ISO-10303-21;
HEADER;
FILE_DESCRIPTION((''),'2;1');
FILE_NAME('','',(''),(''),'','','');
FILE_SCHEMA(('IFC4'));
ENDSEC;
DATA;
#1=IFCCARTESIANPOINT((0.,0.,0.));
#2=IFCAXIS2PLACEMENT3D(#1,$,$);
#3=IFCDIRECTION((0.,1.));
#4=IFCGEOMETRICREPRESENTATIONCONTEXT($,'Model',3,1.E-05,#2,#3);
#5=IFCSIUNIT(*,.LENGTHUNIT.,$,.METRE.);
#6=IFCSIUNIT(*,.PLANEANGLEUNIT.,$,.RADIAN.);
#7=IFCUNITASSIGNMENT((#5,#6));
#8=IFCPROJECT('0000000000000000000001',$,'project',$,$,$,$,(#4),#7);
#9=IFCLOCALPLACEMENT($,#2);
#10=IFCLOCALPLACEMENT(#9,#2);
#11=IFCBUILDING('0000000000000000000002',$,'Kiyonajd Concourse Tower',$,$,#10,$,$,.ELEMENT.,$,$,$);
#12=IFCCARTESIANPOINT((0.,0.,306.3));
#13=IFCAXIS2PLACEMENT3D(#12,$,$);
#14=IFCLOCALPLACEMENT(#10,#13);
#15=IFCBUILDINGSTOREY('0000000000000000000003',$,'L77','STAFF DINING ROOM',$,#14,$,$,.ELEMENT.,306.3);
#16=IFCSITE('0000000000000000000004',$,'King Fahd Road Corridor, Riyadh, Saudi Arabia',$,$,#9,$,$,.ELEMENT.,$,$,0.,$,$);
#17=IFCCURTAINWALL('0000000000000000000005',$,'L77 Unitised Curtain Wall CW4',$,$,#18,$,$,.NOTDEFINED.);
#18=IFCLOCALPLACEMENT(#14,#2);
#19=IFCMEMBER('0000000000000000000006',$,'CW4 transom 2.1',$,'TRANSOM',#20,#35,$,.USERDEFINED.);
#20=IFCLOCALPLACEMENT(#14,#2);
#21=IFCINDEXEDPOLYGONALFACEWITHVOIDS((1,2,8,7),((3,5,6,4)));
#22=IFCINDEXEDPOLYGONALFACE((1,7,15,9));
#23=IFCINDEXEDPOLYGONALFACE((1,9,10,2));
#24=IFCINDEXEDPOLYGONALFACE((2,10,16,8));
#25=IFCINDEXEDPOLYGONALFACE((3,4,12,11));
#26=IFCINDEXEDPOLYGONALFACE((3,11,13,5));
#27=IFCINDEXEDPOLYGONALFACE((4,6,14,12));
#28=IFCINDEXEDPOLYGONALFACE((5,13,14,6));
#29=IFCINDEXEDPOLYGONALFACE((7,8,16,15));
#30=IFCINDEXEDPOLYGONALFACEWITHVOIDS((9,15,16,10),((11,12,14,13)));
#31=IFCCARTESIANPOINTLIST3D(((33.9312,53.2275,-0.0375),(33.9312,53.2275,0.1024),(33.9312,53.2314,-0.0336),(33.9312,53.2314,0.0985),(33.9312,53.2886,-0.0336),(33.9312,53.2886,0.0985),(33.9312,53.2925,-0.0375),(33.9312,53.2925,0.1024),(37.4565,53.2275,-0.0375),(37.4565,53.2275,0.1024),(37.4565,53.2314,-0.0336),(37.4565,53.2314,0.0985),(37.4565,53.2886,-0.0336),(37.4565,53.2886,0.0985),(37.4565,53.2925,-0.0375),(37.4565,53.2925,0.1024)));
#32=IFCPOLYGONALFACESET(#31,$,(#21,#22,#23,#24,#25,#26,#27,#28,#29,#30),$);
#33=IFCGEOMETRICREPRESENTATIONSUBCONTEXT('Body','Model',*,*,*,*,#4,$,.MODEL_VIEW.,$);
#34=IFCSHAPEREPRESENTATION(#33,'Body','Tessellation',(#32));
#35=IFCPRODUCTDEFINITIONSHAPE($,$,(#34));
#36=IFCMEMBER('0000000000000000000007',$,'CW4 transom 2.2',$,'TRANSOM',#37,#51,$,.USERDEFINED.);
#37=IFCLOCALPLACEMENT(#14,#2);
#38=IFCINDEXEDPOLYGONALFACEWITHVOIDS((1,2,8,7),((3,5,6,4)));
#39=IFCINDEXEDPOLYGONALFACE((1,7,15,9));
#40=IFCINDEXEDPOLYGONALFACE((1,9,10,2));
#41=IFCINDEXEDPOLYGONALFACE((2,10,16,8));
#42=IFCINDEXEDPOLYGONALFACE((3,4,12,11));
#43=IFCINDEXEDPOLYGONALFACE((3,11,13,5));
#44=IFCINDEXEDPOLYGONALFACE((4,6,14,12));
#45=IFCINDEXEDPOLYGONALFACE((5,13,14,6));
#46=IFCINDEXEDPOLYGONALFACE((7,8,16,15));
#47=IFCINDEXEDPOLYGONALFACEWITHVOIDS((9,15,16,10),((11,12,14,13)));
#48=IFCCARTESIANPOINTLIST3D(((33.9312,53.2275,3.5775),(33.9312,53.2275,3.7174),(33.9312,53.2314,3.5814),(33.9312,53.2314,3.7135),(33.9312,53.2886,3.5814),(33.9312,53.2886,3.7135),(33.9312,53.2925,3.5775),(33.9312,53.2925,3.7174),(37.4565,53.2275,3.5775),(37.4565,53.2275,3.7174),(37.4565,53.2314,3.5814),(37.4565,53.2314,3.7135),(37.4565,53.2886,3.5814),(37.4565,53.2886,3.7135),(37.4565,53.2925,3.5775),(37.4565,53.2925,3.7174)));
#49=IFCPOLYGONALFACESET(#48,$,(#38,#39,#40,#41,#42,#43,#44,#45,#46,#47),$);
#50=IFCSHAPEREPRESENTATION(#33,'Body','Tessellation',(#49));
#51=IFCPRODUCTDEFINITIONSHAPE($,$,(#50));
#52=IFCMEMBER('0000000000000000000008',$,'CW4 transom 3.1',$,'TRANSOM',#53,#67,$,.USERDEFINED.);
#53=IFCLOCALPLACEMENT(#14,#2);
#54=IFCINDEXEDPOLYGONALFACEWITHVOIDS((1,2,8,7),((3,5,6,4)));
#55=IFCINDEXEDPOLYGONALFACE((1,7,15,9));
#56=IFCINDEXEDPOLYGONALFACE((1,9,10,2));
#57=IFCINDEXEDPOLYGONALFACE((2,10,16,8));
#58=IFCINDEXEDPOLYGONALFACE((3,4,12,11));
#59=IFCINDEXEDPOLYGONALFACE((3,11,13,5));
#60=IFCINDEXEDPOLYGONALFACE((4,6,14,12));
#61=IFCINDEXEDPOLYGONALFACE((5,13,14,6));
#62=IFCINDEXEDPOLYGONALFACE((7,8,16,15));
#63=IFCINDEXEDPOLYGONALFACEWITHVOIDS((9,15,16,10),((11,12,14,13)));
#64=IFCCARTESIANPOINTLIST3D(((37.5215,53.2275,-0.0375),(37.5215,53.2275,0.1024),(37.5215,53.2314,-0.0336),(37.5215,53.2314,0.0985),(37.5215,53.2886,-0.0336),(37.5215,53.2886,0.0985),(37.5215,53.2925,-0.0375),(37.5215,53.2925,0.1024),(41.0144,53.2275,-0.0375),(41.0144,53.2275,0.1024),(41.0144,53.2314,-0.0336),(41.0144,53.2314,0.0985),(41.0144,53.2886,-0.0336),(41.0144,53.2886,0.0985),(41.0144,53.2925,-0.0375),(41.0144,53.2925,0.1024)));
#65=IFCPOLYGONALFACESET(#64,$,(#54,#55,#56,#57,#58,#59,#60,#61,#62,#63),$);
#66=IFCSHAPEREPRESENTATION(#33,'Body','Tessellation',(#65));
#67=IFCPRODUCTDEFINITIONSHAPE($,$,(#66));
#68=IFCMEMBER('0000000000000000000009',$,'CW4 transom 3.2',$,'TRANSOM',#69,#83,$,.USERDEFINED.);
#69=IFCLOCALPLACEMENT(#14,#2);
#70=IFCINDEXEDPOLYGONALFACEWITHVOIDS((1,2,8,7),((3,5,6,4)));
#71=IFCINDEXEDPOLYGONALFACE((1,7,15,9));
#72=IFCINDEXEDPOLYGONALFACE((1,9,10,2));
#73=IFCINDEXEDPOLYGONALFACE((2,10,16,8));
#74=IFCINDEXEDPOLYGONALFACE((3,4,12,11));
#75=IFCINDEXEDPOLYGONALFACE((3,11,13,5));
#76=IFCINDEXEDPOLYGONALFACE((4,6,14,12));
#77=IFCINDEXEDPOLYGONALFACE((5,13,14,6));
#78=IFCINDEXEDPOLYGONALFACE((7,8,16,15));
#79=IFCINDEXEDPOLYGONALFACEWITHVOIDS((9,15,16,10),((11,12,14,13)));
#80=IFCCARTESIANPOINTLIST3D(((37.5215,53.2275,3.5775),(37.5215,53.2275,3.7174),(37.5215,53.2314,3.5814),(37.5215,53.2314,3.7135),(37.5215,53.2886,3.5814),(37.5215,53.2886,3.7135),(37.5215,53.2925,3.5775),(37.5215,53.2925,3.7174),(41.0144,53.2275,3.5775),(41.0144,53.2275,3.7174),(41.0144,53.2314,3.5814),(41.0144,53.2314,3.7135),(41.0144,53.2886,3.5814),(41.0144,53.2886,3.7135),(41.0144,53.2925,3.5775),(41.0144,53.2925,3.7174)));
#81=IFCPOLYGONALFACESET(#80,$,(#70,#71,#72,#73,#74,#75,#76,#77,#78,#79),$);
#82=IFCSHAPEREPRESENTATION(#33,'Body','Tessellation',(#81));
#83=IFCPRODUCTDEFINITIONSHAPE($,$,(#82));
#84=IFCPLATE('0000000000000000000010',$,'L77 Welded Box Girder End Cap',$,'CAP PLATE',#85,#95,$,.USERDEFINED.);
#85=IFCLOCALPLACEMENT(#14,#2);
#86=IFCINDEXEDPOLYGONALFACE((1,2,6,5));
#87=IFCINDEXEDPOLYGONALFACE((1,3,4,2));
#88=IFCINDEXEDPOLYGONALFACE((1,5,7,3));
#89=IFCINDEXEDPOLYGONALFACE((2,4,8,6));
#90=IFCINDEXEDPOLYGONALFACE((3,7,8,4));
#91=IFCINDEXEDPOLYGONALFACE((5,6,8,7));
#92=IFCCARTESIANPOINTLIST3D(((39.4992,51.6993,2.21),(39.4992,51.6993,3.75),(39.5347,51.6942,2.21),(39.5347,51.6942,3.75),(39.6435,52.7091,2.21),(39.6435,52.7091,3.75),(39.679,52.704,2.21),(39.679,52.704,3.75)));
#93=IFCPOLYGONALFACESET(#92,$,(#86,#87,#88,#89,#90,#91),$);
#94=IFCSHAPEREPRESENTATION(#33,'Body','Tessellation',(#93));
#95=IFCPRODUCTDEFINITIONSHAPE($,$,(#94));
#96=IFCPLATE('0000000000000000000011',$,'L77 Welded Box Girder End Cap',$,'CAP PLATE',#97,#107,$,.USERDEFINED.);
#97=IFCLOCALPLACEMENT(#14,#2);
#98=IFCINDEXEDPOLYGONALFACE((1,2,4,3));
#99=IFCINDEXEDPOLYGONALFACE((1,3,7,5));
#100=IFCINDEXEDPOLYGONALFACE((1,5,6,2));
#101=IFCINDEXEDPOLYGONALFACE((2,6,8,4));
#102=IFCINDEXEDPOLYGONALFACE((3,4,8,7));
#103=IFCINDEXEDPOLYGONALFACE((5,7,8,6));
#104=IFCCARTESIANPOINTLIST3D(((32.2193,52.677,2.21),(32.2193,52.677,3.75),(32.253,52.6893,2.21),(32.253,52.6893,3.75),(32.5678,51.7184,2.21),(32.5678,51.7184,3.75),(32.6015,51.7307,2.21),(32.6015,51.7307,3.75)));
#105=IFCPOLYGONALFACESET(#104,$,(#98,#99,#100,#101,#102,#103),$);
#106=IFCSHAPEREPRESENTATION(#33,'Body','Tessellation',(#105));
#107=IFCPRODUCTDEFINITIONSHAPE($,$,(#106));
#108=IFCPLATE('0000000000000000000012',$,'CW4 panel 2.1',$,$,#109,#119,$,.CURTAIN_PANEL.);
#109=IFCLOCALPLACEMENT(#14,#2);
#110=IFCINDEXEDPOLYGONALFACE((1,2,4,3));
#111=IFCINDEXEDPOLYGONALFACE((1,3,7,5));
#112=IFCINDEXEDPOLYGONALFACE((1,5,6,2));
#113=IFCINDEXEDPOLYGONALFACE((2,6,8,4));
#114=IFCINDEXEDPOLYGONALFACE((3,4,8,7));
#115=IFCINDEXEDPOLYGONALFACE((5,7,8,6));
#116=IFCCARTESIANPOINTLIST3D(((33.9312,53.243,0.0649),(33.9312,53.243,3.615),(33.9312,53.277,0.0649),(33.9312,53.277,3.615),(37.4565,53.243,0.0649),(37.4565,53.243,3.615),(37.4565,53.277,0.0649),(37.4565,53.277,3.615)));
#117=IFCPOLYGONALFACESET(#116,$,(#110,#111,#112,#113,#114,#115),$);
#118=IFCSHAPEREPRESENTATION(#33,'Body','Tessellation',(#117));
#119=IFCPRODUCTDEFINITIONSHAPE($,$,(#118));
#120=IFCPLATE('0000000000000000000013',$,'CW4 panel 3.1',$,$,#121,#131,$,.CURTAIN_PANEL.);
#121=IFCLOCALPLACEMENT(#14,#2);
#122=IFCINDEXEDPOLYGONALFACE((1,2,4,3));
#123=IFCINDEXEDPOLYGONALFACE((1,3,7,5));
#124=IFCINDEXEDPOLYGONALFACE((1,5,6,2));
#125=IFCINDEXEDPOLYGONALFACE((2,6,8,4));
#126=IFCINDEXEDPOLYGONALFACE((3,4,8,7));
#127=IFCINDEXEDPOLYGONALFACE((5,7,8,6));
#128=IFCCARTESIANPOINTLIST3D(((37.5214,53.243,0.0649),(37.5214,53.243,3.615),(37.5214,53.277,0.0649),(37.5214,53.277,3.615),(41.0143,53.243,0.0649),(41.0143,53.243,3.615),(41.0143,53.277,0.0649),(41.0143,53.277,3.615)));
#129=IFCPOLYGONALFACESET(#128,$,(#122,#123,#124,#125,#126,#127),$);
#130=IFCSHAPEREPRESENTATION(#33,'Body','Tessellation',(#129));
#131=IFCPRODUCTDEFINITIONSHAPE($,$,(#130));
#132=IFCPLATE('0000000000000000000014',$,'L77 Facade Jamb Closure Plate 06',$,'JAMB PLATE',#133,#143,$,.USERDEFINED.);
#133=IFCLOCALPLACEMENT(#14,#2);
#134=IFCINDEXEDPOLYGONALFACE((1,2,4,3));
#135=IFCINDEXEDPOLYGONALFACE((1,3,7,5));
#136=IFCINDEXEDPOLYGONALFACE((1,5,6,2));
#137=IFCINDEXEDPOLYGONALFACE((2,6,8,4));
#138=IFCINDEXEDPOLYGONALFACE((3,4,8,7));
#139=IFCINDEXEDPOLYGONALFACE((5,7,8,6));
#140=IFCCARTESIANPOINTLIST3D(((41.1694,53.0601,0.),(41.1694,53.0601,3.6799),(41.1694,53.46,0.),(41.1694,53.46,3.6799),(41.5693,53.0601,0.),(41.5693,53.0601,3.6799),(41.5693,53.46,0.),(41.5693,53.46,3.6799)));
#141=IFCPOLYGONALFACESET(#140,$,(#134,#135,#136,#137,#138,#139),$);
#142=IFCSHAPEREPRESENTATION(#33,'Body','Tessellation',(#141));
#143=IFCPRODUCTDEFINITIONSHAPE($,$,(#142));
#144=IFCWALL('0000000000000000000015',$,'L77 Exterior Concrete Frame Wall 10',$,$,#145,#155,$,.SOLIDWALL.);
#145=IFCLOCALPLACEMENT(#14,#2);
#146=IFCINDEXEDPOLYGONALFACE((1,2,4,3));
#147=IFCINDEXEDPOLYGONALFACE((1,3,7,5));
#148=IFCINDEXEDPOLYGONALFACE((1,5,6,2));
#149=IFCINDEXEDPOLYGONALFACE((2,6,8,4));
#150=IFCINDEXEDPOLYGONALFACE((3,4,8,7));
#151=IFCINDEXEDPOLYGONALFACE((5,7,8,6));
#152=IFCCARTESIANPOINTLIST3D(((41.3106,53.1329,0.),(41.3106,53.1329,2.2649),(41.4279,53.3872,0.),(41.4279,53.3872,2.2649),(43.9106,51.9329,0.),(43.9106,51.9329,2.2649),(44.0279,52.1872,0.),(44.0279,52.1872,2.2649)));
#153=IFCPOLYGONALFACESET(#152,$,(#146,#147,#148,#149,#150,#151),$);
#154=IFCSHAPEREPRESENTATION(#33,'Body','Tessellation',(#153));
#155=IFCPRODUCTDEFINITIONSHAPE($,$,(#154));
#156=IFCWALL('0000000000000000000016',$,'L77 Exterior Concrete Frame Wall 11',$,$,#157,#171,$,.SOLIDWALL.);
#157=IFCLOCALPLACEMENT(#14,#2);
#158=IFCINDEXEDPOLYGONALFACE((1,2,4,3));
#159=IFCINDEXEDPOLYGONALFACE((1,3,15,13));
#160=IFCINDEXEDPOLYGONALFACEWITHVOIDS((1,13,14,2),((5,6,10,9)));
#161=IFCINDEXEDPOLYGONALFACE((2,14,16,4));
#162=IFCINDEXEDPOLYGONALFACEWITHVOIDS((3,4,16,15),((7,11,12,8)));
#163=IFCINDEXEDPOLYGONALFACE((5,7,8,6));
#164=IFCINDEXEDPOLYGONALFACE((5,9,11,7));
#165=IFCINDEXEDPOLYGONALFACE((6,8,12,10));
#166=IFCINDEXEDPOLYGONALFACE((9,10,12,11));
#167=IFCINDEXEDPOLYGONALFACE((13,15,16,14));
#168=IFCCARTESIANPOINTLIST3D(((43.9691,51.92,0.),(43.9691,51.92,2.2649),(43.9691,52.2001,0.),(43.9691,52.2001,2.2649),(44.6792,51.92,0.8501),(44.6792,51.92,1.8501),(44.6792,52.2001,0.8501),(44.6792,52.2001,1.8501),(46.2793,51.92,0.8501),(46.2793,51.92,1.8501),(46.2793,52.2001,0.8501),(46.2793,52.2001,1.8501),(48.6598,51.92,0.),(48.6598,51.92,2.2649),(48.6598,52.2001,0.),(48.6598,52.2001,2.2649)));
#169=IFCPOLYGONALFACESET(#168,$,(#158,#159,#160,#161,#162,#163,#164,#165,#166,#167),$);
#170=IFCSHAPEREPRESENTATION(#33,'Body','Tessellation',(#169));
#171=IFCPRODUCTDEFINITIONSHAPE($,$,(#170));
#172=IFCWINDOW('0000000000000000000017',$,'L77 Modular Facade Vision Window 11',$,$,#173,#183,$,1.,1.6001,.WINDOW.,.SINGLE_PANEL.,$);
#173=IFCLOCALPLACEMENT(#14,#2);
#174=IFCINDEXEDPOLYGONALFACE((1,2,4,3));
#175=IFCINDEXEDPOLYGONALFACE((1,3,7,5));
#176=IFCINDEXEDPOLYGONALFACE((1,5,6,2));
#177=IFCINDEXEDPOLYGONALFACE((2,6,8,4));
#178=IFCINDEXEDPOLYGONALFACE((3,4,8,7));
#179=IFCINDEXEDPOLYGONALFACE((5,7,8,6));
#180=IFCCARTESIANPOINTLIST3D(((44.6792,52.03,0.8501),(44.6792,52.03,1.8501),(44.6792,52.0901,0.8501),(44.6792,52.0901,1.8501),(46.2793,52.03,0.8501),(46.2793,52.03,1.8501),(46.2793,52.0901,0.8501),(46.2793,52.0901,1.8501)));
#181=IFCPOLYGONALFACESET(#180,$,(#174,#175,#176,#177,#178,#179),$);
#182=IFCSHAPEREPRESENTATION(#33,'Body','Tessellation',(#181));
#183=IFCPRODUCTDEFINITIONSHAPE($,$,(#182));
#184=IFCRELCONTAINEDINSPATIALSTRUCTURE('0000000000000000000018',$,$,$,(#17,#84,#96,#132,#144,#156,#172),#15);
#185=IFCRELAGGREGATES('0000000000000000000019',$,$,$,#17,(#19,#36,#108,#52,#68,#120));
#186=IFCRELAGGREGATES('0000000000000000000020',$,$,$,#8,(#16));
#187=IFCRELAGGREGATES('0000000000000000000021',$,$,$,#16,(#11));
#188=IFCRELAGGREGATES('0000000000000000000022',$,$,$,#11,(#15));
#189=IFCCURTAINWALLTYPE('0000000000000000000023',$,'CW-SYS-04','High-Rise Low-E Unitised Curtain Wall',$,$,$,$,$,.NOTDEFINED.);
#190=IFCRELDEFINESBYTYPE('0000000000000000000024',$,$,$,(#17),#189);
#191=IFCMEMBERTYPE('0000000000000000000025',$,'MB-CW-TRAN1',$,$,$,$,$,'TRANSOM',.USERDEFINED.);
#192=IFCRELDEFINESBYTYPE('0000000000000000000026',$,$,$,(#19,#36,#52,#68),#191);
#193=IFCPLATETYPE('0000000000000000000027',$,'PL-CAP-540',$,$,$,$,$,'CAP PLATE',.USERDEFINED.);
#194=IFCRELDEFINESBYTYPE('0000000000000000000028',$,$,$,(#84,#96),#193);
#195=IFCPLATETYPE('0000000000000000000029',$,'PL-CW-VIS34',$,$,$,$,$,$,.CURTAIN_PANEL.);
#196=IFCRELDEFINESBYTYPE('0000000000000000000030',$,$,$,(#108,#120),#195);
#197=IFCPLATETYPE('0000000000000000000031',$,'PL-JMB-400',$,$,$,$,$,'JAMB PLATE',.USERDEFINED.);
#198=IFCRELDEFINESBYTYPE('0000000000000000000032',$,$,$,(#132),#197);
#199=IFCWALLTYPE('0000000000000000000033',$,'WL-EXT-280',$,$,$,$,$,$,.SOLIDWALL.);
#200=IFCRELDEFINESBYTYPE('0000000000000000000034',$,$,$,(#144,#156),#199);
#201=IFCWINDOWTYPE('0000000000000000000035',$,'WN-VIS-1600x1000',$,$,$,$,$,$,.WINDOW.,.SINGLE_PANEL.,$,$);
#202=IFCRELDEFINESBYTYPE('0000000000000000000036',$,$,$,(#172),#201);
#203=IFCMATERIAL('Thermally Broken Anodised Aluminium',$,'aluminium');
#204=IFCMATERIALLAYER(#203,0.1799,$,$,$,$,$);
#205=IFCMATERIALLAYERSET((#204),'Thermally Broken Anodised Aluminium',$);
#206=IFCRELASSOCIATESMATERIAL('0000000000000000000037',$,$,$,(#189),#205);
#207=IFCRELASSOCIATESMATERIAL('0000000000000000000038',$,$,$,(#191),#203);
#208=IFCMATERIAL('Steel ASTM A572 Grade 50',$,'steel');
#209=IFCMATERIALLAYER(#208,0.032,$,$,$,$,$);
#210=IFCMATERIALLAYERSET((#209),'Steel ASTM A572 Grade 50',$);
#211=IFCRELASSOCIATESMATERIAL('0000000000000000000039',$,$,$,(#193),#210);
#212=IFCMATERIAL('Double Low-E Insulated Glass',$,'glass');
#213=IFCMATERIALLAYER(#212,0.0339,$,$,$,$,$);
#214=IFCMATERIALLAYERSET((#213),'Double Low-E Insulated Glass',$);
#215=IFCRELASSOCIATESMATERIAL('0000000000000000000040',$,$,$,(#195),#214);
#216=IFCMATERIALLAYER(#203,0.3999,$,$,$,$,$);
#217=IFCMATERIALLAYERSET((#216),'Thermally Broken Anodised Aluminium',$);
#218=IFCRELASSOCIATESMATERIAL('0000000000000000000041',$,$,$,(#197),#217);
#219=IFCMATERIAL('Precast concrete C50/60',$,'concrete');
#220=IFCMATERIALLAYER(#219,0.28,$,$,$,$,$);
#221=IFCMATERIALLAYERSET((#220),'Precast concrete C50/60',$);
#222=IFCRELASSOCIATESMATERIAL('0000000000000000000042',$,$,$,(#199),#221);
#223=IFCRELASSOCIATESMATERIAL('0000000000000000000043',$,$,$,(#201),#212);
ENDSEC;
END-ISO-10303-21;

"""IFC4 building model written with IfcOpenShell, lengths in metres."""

from ifc_helpers import new_model, si_unit, direction, frame, frame_2d, origin, origin_2d, place, context, subcontext, project, spatial, rectangle, hollow_rectangle, extrude, material, layer, layer_set, material_profile, profile_set, type_object, element, fill, aggregate, save


model = new_model("IFC4")

# Units and contexts
model_context = context("Model", 3, precision=1e-05, world=origin(), true_north=direction((0.0, 1.0)))
body_context = subcontext(model_context, "Body", "Model", "MODEL_VIEW")
ifc_project = project(units=[si_unit("LENGTHUNIT", "METRE"), si_unit("PLANEANGLEUNIT", "RADIAN")], contexts=[model_context])

# Site, building, storey
site_placement = place(None, origin())
site = spatial("IfcSite", under=ifc_project, at=site_placement, Name="King Fahd Road Corridor, Riyadh, Saudi Arabia", CompositionType="ELEMENT", RefElevation=0.0)
building_placement = place(site_placement, origin())
building = spatial("IfcBuilding", under=site, at=building_placement, Name="Kiyonajd Concourse Tower", CompositionType="ELEMENT")
storey_placement = place(building_placement, frame((0.0, 0.0, 306.3)))
storey = spatial("IfcBuildingStorey", under=building, at=storey_placement, Name="L77", Description="STAFF DINING ROOM", CompositionType="ELEMENT", Elevation=306.3)

# Curtain wall, members
ifc_material_1 = material(Name="Thermally Broken Anodised Aluminium", Category="aluminium")
ifc_layer_1 = layer(ifc_material_1, 0.1799)
ifc_layer_set_1 = layer_set([ifc_layer_1], Name="Thermally Broken Anodised Aluminium")
curtain_wall_type = type_object("IfcCurtainWallType", Name="CW-SYS-04", Description="High-Rise Low-E Unitised Curtain Wall", PredefinedType="NOTDEFINED", material=ifc_layer_set_1)
curtain_wall_placement = place(storey_placement, origin())
curtain_wall = element("IfcCurtainWall", 1, at=curtain_wall_placement, inside=storey, type_object=curtain_wall_type, Name="L77 Unitised Curtain Wall CW4", PredefinedType="NOTDEFINED")
ifc_material_profile_1 = material_profile(ifc_material_1, hollow_rectangle(XDim=0.0649, YDim=0.1399, WallThickness=0.0039, at=origin_2d()), Name="TRAN-65x140")
ifc_profile_set_1 = profile_set([ifc_material_profile_1], Name="Thermally Broken Anodised Aluminium")
member_type_1 = type_object("IfcMemberType", Name="MB-CW-TRAN1", ElementType="TRANSOM", PredefinedType="USERDEFINED", material=ifc_profile_set_1)
member_1_placement = place(storey_placement, frame((33.9312, 53.26, 0.0325), z_axis=(1.0, 0.0, 0.0), x_axis=(0.0, 1.0, 0.0)))
member_1 = element("IfcMember", 2, at=member_1_placement, type_object=member_type_1, Name="CW4 transom 2.1", ObjectType="TRANSOM", PredefinedType="USERDEFINED", context=body_context, shape_type="SweptSolid", body=[
    extrude(hollow_rectangle(XDim=0.0649, YDim=0.1399, WallThickness=0.0039, at=origin_2d()), origin(), (0.0, 0.0, 1.0), 3.5254),
])
member_2_placement = place(storey_placement, frame((33.9312, 53.26, 3.6475), z_axis=(1.0, 0.0, 0.0), x_axis=(0.0, 1.0, 0.0)))
member_2 = element("IfcMember", 3, at=member_2_placement, type_object=member_type_1, Name="CW4 transom 2.2", ObjectType="TRANSOM", PredefinedType="USERDEFINED", context=body_context, shape_type="SweptSolid", body=[
    extrude(hollow_rectangle(XDim=0.0649, YDim=0.1399, WallThickness=0.0039, at=origin_2d()), origin(), (0.0, 0.0, 1.0), 3.5254),
])
member_3_placement = place(storey_placement, frame((37.5215, 53.26, 0.0325), z_axis=(1.0, 0.0, 0.0), x_axis=(0.0, 1.0, 0.0)))
member_3 = element("IfcMember", 4, at=member_3_placement, type_object=member_type_1, Name="CW4 transom 3.1", ObjectType="TRANSOM", PredefinedType="USERDEFINED", context=body_context, shape_type="SweptSolid", body=[
    extrude(hollow_rectangle(XDim=0.0649, YDim=0.1399, WallThickness=0.0039, at=origin_2d()), origin(), (0.0, 0.0, 1.0), 3.4929),
])
member_4_placement = place(storey_placement, frame((37.5215, 53.26, 3.6475), z_axis=(1.0, 0.0, 0.0), x_axis=(0.0, 1.0, 0.0)))
member_4 = element("IfcMember", 5, at=member_4_placement, type_object=member_type_1, Name="CW4 transom 3.2", ObjectType="TRANSOM", PredefinedType="USERDEFINED", context=body_context, shape_type="SweptSolid", body=[
    extrude(hollow_rectangle(XDim=0.0649, YDim=0.1399, WallThickness=0.0039, at=origin_2d()), origin(), (0.0, 0.0, 1.0), 3.4929),
])

# Plates
ifc_material_2 = material(Name="Steel ASTM A572 Grade 50", Category="steel")
ifc_layer_2 = layer(ifc_material_2, 0.032)
ifc_layer_set_2 = layer_set([ifc_layer_2], Name="Steel ASTM A572 Grade 50")
plate_type_1 = type_object("IfcPlateType", Name="PL-CAP-540", ElementType="CAP PLATE", PredefinedType="USERDEFINED", material=ifc_layer_set_2)
for number, where, z_axis, x_axis, name in (
    (6, (39.5891, 52.2017, 2.21), (0.0, 0.0, 1.0), (-0.98995, 0.14142, 0.0), "L77 Welded Box Girder End Cap"),
    (7, (32.4104, 52.2039, 2.21), (0.0, 0.0, 1.0), (0.939812, 0.341692, 0.0), "L77 Welded Box Girder End Cap"),
):
    element("IfcPlate", number, at=place(storey_placement, frame(where, z_axis=z_axis, x_axis=x_axis)), inside=storey, type_object=plate_type_1, Name=name, ObjectType="CAP PLATE", PredefinedType="USERDEFINED", context=body_context, shape_type="SweptSolid", body=[
        extrude(rectangle(XDim=0.0359, YDim=1.02, at=origin_2d()), origin(), (0.0, 0.0, 1.0), 1.54),
    ])

# Plates
ifc_material_3 = material(Name="Double Low-E Insulated Glass", Category="glass")
ifc_layer_3 = layer(ifc_material_3, 0.0339)
ifc_layer_set_3 = layer_set([ifc_layer_3], Name="Double Low-E Insulated Glass")
plate_type_2 = type_object("IfcPlateType", Name="PL-CW-VIS34", PredefinedType="CURTAIN_PANEL", material=ifc_layer_set_3)
plate_1_placement = place(storey_placement, frame((35.6938, 53.26, 0.0649), z_axis=(0.0, 0.0, 1.0), x_axis=(1.0, 0.0, 0.0)))
plate_1 = element("IfcPlate", 8, at=plate_1_placement, type_object=plate_type_2, Name="CW4 panel 2.1", PredefinedType="CURTAIN_PANEL", context=body_context, shape_type="SweptSolid", body=[
    extrude(rectangle(XDim=3.5254, YDim=0.0339, at=origin_2d()), origin(), (0.0, 0.0, 1.0), 3.55),
])
plate_2_placement = place(storey_placement, frame((39.2678, 53.26, 0.0649), z_axis=(0.0, 0.0, 1.0), x_axis=(1.0, 0.0, 0.0)))
plate_2 = element("IfcPlate", 9, at=plate_2_placement, type_object=plate_type_2, Name="CW4 panel 3.1", PredefinedType="CURTAIN_PANEL", context=body_context, shape_type="SweptSolid", body=[
    extrude(rectangle(XDim=3.4929, YDim=0.0339, at=origin_2d()), origin(), (0.0, 0.0, 1.0), 3.55),
])
aggregate(curtain_wall, [member_1, member_2, plate_1, member_3, member_4, plate_2])
ifc_layer_4 = layer(ifc_material_1, 0.3999)
ifc_layer_set_4 = layer_set([ifc_layer_4], Name="Thermally Broken Anodised Aluminium")
plate_type_3 = type_object("IfcPlateType", Name="PL-JMB-400", ElementType="JAMB PLATE", PredefinedType="USERDEFINED", material=ifc_layer_set_4)
plate_3_placement = place(storey_placement, frame((41.3694, 53.26, 0.0), z_axis=(0.0, 0.0, 1.0), x_axis=(1.0, 0.0, 0.0)))
element("IfcPlate", 10, at=plate_3_placement, inside=storey, type_object=plate_type_3, Name="L77 Facade Jamb Closure Plate 06", ObjectType="JAMB PLATE", PredefinedType="USERDEFINED", context=body_context, shape_type="SweptSolid", body=[
    extrude(rectangle(XDim=0.3999, YDim=0.3999, at=origin_2d()), origin(), (0.0, 0.0, 1.0), 3.6799),
])

# Wall
ifc_material_4 = material(Name="Precast concrete C50/60", Category="concrete")
ifc_layer_5 = layer(ifc_material_4, 0.28)
ifc_layer_set_5 = layer_set([ifc_layer_5], Name="Precast concrete C50/60")
wall_type_1 = type_object("IfcWallType", Name="WL-EXT-280", PredefinedType="SOLIDWALL", material=ifc_layer_set_5)
wall_1_placement = place(storey_placement, frame((41.3694, 53.26, 0.0), z_axis=(0.0, 0.0, 1.0), x_axis=(0.907957, -0.419064, 0.0)))
element("IfcWall", 11, at=wall_1_placement, inside=storey, type_object=wall_type_1, Name="L77 Exterior Concrete Frame Wall 10", PredefinedType="SOLIDWALL", context=body_context, shape_type="SweptSolid", body=[
    extrude(rectangle(XDim=2.8635, YDim=0.28, at=frame_2d((1.4316, 0.0))), origin(), (0.0, 0.0, 1.0), 2.2649),
])

# Wall, opening, window
wall_2_placement = place(storey_placement, frame((43.9692, 52.0601, 0.0), z_axis=(0.0, 0.0, 1.0), x_axis=(1.0, 0.0, 0.0)))
wall_2 = element("IfcWall", 12, at=wall_2_placement, inside=storey, type_object=wall_type_1, Name="L77 Exterior Concrete Frame Wall 11", PredefinedType="SOLIDWALL", context=body_context, shape_type="SweptSolid", body=[
    extrude(rectangle(XDim=4.6907, YDim=0.28, at=frame_2d((2.3452, 0.0))), origin(), (0.0, 0.0, 1.0), 2.2649),
])
opening_placement = place(wall_2_placement, frame((0.71, 0.0, 0.8501)))
opening = element("IfcOpeningElement", 13, at=opening_placement, cuts=wall_2, PredefinedType="OPENING", context=body_context, shape_type="SweptSolid", body=[
    extrude(rectangle(XDim=1.6001, YDim=1.0, at=frame_2d((0.8, 0.5))), frame((0.0, 0.1499, 0.0), z_axis=(0.0, -1.0, 0.0), x_axis=(1.0, 0.0, 0.0)), (0.0, 0.0, 1.0), 0.3),
])
window_type = type_object("IfcWindowType", Name="WN-VIS-1600x1000", PartitioningType="SINGLE_PANEL", PredefinedType="WINDOW", material=ifc_material_3)
window_placement = place(opening_placement, origin())
window = element("IfcWindow", 14, at=window_placement, inside=storey, type_object=window_type, Name="L77 Modular Facade Vision Window 11", OverallHeight=1.0, OverallWidth=1.6001, PartitioningType="SINGLE_PANEL", PredefinedType="WINDOW", context=body_context, shape_type="SweptSolid", body=[
    extrude(rectangle(XDim=1.6001, YDim=1.0, at=frame_2d((0.8, 0.5))), frame((0.0, 0.03, 0.0), z_axis=(0.0, -1.0, 0.0), x_axis=(1.0, 0.0, 0.0)), (0.0, 0.0, 1.0), 0.0601),
])
fill(opening, window)

save(model, "model.ifc")
